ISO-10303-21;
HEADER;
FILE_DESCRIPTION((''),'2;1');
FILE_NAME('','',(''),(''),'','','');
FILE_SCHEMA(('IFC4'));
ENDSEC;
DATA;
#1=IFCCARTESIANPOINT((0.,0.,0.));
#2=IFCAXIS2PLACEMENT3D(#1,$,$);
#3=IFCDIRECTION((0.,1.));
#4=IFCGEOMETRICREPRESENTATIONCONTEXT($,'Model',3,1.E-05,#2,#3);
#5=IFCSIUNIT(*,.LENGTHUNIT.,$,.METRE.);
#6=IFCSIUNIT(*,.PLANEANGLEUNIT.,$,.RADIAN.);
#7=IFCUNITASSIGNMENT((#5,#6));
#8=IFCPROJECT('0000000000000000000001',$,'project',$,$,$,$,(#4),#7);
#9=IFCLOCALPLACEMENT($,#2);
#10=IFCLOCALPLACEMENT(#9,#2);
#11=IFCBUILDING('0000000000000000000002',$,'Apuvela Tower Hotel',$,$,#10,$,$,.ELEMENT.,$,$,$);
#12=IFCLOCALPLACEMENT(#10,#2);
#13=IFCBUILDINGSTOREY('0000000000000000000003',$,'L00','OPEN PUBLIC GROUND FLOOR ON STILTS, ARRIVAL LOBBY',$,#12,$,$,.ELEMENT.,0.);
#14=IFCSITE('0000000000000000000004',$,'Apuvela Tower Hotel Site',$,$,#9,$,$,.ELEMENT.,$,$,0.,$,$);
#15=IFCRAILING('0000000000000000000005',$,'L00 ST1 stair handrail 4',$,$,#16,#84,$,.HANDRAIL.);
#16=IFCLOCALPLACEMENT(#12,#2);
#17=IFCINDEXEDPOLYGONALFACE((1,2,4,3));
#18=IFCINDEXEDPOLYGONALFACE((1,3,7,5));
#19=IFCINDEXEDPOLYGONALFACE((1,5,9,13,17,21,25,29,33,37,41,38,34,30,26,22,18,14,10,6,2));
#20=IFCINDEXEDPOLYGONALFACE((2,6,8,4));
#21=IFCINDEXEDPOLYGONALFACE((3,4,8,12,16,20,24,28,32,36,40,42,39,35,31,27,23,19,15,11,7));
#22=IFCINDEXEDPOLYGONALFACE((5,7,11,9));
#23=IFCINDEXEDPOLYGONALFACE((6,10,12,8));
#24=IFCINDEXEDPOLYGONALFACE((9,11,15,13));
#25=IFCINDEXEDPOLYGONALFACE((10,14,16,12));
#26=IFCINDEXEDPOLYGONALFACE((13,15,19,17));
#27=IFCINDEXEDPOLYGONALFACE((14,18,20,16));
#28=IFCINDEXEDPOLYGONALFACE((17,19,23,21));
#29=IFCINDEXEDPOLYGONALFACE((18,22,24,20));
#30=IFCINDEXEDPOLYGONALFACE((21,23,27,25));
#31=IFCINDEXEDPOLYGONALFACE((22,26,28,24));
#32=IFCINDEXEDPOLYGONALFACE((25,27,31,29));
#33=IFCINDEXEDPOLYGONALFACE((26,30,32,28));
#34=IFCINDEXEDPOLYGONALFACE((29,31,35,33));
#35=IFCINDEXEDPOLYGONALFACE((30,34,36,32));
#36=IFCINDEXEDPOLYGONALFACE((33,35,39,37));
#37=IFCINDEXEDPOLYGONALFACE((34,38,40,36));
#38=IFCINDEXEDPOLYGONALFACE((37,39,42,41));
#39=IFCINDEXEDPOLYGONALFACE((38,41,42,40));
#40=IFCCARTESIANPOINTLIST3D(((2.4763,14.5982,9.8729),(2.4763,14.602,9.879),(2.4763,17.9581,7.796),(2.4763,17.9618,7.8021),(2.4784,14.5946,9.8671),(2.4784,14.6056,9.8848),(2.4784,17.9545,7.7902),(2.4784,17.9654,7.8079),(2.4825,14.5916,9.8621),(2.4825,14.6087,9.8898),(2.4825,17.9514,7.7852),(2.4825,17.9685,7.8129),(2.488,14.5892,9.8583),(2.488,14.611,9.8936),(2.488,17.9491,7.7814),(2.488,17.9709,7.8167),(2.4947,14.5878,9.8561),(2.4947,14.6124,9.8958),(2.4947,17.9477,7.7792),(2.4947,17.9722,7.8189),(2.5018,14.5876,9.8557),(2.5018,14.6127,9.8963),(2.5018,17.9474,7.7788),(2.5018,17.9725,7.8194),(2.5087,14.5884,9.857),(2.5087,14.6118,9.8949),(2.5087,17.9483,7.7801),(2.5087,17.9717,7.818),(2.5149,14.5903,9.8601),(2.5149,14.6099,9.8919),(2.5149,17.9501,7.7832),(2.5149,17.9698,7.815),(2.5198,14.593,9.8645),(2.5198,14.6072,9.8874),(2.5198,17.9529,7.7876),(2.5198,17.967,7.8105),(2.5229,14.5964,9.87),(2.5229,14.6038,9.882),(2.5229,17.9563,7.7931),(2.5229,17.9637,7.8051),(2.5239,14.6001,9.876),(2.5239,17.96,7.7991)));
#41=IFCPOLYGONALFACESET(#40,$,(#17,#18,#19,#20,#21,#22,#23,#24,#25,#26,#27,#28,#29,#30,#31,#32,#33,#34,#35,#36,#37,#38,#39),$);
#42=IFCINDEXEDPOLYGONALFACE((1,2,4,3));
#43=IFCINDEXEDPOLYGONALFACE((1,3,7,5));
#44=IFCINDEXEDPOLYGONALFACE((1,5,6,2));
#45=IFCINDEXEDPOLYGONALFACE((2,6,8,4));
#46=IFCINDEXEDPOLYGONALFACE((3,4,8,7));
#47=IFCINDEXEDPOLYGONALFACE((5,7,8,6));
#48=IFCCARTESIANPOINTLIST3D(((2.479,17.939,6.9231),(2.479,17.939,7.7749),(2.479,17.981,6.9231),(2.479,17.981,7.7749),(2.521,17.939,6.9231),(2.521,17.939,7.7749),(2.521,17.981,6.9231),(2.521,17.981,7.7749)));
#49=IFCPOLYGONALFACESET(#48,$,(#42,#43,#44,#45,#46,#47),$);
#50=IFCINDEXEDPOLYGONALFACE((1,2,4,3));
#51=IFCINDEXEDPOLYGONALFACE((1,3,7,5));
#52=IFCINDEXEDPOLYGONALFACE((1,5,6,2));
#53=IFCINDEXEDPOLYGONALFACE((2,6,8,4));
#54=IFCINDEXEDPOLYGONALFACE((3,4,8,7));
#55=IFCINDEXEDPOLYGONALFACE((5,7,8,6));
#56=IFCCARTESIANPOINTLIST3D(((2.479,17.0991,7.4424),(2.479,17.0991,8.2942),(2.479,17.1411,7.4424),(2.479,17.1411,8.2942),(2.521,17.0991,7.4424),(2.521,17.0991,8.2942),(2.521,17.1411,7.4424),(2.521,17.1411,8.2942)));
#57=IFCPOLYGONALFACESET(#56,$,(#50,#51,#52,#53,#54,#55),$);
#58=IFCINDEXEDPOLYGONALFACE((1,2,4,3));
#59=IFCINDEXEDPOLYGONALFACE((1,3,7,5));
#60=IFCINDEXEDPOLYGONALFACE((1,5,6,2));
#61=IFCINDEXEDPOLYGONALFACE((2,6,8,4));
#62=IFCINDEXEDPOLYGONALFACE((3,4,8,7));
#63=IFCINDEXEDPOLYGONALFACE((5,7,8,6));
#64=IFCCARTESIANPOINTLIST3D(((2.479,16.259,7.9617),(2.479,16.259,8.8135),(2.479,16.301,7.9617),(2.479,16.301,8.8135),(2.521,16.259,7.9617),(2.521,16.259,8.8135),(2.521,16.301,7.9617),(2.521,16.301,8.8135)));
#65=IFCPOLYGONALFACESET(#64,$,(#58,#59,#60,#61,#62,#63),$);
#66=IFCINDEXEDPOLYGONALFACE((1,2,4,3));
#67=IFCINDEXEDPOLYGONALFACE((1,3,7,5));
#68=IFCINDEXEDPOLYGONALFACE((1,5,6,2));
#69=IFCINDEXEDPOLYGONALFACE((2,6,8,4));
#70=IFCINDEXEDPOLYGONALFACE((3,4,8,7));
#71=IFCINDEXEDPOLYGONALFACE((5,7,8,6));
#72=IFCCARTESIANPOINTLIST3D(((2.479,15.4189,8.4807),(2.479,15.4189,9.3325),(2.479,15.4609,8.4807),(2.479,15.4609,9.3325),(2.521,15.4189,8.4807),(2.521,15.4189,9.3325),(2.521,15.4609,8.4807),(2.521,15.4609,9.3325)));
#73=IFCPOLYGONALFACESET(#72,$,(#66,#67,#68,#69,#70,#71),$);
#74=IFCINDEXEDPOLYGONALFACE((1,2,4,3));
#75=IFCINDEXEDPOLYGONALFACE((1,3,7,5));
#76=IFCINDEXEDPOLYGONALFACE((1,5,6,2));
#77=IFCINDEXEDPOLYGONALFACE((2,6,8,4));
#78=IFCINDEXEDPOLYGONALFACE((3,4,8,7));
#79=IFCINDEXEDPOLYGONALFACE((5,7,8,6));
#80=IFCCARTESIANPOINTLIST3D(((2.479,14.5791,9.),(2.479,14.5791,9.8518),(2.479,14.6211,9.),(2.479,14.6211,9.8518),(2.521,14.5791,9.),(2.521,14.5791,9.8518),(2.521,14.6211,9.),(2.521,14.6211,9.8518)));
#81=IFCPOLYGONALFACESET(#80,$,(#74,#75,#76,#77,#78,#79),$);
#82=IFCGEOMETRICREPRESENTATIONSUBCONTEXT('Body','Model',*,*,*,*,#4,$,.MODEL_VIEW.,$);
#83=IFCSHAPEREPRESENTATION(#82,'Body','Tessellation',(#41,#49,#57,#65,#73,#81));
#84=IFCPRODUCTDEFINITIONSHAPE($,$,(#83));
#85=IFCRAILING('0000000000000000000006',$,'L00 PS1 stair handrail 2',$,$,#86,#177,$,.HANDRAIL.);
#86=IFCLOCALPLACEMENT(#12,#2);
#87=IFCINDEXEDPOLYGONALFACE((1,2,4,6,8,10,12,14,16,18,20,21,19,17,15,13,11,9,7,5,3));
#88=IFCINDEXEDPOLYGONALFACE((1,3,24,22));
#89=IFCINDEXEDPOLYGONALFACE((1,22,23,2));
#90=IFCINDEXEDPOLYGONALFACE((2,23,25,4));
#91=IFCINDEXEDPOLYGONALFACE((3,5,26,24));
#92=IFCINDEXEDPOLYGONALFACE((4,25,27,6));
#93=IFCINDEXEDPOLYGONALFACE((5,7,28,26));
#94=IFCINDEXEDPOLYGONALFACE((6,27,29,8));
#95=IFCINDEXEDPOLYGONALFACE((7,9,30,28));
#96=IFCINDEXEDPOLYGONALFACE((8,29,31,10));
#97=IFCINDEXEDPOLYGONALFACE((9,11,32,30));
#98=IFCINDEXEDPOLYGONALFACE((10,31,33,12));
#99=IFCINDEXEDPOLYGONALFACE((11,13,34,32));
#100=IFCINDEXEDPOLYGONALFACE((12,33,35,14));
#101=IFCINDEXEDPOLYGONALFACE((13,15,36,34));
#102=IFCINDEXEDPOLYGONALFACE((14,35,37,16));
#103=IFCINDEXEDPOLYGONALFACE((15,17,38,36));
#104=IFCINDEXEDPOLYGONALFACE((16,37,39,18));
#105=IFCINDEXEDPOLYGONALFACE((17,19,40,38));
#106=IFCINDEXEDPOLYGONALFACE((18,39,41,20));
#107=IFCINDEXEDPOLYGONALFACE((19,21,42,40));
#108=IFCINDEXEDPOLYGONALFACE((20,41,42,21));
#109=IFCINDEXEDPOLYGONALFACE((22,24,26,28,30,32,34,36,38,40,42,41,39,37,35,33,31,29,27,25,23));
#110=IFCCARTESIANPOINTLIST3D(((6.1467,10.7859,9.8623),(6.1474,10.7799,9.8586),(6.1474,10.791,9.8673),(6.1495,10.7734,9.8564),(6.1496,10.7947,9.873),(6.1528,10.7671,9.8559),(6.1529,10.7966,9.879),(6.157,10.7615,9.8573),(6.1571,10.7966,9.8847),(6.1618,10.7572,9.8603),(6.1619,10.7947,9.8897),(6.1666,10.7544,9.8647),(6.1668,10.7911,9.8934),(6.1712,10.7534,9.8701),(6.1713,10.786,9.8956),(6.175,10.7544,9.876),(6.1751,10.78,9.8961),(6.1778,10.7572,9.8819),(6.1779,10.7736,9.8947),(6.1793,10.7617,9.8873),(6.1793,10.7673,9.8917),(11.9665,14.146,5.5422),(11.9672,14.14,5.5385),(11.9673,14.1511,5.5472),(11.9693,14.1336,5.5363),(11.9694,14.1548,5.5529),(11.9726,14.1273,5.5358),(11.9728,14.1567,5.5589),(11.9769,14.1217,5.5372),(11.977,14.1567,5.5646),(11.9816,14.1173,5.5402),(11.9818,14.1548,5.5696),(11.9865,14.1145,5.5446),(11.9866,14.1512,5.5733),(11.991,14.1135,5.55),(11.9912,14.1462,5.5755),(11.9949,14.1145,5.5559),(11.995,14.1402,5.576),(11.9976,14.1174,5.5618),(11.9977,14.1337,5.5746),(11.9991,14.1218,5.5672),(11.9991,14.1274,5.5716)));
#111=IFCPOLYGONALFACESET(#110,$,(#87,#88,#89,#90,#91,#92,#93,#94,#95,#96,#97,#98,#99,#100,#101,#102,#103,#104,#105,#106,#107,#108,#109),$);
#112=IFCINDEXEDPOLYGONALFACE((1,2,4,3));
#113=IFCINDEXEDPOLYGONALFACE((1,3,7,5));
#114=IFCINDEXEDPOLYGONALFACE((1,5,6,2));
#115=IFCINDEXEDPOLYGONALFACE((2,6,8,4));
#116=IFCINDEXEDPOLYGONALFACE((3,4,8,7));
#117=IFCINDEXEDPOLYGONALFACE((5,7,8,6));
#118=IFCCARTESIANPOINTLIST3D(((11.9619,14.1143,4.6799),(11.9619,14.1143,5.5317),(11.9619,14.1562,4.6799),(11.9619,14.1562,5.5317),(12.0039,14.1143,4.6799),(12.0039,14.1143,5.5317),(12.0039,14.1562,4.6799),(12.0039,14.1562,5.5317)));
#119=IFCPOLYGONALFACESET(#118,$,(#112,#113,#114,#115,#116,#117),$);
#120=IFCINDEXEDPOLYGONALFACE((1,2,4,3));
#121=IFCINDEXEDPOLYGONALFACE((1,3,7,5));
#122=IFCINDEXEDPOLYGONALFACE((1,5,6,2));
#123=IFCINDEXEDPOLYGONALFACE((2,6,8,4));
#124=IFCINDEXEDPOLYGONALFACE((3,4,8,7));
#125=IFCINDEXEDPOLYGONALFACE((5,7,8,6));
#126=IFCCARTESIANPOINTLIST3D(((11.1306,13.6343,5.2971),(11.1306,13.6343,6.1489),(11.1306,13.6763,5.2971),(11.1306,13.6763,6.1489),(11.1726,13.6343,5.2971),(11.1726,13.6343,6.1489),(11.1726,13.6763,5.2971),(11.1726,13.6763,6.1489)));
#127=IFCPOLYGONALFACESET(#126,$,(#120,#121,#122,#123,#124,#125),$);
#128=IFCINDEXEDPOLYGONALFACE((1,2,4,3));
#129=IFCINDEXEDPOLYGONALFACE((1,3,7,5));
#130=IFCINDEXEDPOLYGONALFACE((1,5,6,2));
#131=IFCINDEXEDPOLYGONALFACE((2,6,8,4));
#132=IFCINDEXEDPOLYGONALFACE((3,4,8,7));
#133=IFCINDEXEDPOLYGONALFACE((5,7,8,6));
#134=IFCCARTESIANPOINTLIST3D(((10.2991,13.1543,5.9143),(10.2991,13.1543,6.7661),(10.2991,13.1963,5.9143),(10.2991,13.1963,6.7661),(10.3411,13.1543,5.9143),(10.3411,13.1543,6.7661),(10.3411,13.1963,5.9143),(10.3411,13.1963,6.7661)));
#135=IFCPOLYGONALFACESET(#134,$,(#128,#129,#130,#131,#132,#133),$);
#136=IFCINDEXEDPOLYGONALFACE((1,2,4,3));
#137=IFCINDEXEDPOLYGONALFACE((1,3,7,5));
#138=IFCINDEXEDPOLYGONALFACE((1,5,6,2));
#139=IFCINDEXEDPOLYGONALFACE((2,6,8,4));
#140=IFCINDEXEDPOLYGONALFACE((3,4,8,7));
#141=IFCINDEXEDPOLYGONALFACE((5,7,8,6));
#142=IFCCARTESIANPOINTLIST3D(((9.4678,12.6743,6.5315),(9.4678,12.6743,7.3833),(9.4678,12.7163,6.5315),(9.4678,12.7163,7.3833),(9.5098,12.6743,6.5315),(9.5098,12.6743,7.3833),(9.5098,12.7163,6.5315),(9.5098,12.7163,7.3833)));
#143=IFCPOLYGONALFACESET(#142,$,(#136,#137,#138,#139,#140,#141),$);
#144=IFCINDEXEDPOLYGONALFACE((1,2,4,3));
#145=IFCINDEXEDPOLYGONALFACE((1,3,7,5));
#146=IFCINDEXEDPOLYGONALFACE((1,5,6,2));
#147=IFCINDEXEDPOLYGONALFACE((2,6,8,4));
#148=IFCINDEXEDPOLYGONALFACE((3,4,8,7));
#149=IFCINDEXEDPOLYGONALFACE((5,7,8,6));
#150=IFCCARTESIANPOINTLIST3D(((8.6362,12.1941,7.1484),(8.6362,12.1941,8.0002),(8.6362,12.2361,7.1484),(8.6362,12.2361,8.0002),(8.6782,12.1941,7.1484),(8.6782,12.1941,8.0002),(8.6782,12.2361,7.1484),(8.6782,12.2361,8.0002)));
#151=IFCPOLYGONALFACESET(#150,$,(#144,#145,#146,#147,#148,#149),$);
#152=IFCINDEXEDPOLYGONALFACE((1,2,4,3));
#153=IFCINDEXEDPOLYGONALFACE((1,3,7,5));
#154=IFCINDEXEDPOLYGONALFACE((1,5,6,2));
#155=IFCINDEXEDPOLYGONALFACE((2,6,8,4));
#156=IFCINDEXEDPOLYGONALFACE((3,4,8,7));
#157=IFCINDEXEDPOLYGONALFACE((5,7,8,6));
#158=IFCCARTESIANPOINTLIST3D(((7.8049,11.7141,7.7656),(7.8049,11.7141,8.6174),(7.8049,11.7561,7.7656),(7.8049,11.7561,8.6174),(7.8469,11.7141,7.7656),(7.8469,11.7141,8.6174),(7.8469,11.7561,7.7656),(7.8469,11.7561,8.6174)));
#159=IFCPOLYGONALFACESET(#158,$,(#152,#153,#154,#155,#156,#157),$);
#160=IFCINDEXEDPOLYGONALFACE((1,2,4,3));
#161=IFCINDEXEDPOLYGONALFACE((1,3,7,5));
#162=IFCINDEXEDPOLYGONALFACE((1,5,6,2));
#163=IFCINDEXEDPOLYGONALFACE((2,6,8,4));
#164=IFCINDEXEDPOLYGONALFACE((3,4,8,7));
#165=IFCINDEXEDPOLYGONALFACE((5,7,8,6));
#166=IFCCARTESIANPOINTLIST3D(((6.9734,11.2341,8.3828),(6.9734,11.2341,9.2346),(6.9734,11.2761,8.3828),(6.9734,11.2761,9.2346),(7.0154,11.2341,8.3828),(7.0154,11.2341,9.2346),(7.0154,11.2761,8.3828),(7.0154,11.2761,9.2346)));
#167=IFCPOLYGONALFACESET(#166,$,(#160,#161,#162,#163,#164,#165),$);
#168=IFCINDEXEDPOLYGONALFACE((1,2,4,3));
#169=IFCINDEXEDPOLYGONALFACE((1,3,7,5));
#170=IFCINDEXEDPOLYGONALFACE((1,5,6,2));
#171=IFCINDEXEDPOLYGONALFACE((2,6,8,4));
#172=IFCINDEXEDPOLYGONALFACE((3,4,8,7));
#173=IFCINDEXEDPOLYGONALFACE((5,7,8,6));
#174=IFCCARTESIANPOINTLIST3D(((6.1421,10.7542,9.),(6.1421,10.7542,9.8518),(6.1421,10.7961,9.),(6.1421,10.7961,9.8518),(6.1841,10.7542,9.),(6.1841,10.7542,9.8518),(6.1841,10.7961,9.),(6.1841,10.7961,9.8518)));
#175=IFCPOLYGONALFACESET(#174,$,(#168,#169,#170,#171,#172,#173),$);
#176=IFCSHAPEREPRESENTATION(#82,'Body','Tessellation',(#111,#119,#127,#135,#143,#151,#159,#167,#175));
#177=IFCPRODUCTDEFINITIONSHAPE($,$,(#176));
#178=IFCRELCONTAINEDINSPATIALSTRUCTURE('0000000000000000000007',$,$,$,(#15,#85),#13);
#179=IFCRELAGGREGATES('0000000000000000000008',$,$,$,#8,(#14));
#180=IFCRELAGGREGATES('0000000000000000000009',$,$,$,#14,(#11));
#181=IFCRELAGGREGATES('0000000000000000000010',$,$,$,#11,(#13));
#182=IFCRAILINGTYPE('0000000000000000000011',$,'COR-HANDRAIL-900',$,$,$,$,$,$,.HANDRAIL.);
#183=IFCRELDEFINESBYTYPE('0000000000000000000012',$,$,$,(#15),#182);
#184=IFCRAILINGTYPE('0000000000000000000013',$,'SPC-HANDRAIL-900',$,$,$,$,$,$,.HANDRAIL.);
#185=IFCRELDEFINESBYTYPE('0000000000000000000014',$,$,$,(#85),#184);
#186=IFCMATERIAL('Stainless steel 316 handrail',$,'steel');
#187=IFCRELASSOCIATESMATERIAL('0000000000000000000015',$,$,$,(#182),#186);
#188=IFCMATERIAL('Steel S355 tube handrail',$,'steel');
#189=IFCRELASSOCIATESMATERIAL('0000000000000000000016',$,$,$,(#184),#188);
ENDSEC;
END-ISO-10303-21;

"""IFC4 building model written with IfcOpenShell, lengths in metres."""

from ifc_helpers import new_model, si_unit, direction, frame, origin, origin_2d, place, context, subcontext, project, spatial, rectangle, circle, extrude, material, type_object, element, save


model = new_model("IFC4")

# Units and contexts
model_context = context("Model", 3, precision=1e-05, world=origin(), true_north=direction((0.0, 1.0)))
body_context = subcontext(model_context, "Body", "Model", "MODEL_VIEW")
ifc_project = project(units=[si_unit("LENGTHUNIT", "METRE"), si_unit("PLANEANGLEUNIT", "RADIAN")], contexts=[model_context])

# Site, building, storey
site_placement = place(None, origin())
site = spatial("IfcSite", under=ifc_project, at=site_placement, Name="Apuvela Tower Hotel Site", CompositionType="ELEMENT", RefElevation=0.0)
building_placement = place(site_placement, origin())
building = spatial("IfcBuilding", under=site, at=building_placement, Name="Apuvela Tower Hotel", CompositionType="ELEMENT")
storey_placement = place(building_placement, origin())
storey = spatial("IfcBuildingStorey", under=building, at=storey_placement, Name="L00", Description="OPEN PUBLIC GROUND FLOOR ON STILTS, ARRIVAL LOBBY", CompositionType="ELEMENT", Elevation=0.0)

# Railings
ifc_material_1 = material(Name="Stainless steel 316 handrail", Category="steel")
railing_type_1 = type_object("IfcRailingType", Name="COR-HANDRAIL-900", PredefinedType="HANDRAIL", material=ifc_material_1)
railing_1_placement = place(storey_placement, frame((2.5, 17.96, 6.9231)))
element("IfcRailing", 1, at=railing_1_placement, inside=storey, type_object=railing_type_1, Name="L00 ST1 stair handrail 4", PredefinedType="HANDRAIL", context=body_context, shape_type="SweptSolid", body=[
    extrude(circle(Radius=0.0239, at=origin_2d()), frame((0.0, 0.0, 0.876), z_axis=(0.0, -0.850606, 0.525803), x_axis=(1.0, 0.0, 0.0)), (0.0, 0.0, 1.0), 3.95),
    extrude(rectangle(XDim=0.042, YDim=0.042, at=origin_2d()), origin(), (0.0, 0.0, 1.0), 0.8518),
    extrude(rectangle(XDim=0.042, YDim=0.042, at=origin_2d()), frame((0.0, -0.8398, 0.5193)), (0.0, 0.0, 1.0), 0.8518),
    extrude(rectangle(XDim=0.042, YDim=0.042, at=origin_2d()), frame((0.0, -1.6799, 1.0386)), (0.0, 0.0, 1.0), 0.8518),
    extrude(rectangle(XDim=0.042, YDim=0.042, at=origin_2d()), frame((0.0, -2.52, 1.5576)), (0.0, 0.0, 1.0), 0.8518),
    extrude(rectangle(XDim=0.042, YDim=0.042, at=origin_2d()), frame((0.0, -3.3599, 2.0769)), (0.0, 0.0, 1.0), 0.8518),
])
ifc_material_2 = material(Name="Steel S355 tube handrail", Category="steel")
railing_type_2 = type_object("IfcRailingType", Name="SPC-HANDRAIL-900", PredefinedType="HANDRAIL", material=ifc_material_2)
railing_2_placement = place(storey_placement, frame((11.9829, 14.1353, 4.6799)))
element("IfcRailing", 2, at=railing_2_placement, inside=storey, type_object=railing_type_2, Name="L00 PS1 stair handrail 2", PredefinedType="HANDRAIL", context=body_context, shape_type="SweptSolid", body=[
    extrude(circle(Radius=0.0239, at=origin_2d()), frame((0.0, 0.0, 0.876), z_axis=(-0.728482, -0.420593, 0.540754), x_axis=(0.500003, -0.866023, 0.0)), (0.0, 0.0, 1.0), 7.989),
    extrude(rectangle(XDim=0.042, YDim=0.042, at=origin_2d()), origin(), (0.0, 0.0, 1.0), 0.8518),
    extrude(rectangle(XDim=0.042, YDim=0.042, at=origin_2d()), frame((-0.8313, -0.48, 0.6172)), (0.0, 0.0, 1.0), 0.8518),
    extrude(rectangle(XDim=0.042, YDim=0.042, at=origin_2d()), frame((-1.6628, -0.96, 1.2344)), (0.0, 0.0, 1.0), 0.8518),
    extrude(rectangle(XDim=0.042, YDim=0.042, at=origin_2d()), frame((-2.4941, -1.4399, 1.8516)), (0.0, 0.0, 1.0), 0.8518),
    extrude(rectangle(XDim=0.042, YDim=0.042, at=origin_2d()), frame((-3.3257, -1.9202, 2.4685)), (0.0, 0.0, 1.0), 0.8518),
    extrude(rectangle(XDim=0.042, YDim=0.042, at=origin_2d()), frame((-4.157, -2.4001, 3.0857)), (0.0, 0.0, 1.0), 0.8518),
    extrude(rectangle(XDim=0.042, YDim=0.042, at=origin_2d()), frame((-4.9885, -2.8801, 3.7029)), (0.0, 0.0, 1.0), 0.8518),
    extrude(rectangle(XDim=0.042, YDim=0.042, at=origin_2d()), frame((-5.8198, -3.3601, 4.3201)), (0.0, 0.0, 1.0), 0.8518),
])

save(model, "model.ifc")
